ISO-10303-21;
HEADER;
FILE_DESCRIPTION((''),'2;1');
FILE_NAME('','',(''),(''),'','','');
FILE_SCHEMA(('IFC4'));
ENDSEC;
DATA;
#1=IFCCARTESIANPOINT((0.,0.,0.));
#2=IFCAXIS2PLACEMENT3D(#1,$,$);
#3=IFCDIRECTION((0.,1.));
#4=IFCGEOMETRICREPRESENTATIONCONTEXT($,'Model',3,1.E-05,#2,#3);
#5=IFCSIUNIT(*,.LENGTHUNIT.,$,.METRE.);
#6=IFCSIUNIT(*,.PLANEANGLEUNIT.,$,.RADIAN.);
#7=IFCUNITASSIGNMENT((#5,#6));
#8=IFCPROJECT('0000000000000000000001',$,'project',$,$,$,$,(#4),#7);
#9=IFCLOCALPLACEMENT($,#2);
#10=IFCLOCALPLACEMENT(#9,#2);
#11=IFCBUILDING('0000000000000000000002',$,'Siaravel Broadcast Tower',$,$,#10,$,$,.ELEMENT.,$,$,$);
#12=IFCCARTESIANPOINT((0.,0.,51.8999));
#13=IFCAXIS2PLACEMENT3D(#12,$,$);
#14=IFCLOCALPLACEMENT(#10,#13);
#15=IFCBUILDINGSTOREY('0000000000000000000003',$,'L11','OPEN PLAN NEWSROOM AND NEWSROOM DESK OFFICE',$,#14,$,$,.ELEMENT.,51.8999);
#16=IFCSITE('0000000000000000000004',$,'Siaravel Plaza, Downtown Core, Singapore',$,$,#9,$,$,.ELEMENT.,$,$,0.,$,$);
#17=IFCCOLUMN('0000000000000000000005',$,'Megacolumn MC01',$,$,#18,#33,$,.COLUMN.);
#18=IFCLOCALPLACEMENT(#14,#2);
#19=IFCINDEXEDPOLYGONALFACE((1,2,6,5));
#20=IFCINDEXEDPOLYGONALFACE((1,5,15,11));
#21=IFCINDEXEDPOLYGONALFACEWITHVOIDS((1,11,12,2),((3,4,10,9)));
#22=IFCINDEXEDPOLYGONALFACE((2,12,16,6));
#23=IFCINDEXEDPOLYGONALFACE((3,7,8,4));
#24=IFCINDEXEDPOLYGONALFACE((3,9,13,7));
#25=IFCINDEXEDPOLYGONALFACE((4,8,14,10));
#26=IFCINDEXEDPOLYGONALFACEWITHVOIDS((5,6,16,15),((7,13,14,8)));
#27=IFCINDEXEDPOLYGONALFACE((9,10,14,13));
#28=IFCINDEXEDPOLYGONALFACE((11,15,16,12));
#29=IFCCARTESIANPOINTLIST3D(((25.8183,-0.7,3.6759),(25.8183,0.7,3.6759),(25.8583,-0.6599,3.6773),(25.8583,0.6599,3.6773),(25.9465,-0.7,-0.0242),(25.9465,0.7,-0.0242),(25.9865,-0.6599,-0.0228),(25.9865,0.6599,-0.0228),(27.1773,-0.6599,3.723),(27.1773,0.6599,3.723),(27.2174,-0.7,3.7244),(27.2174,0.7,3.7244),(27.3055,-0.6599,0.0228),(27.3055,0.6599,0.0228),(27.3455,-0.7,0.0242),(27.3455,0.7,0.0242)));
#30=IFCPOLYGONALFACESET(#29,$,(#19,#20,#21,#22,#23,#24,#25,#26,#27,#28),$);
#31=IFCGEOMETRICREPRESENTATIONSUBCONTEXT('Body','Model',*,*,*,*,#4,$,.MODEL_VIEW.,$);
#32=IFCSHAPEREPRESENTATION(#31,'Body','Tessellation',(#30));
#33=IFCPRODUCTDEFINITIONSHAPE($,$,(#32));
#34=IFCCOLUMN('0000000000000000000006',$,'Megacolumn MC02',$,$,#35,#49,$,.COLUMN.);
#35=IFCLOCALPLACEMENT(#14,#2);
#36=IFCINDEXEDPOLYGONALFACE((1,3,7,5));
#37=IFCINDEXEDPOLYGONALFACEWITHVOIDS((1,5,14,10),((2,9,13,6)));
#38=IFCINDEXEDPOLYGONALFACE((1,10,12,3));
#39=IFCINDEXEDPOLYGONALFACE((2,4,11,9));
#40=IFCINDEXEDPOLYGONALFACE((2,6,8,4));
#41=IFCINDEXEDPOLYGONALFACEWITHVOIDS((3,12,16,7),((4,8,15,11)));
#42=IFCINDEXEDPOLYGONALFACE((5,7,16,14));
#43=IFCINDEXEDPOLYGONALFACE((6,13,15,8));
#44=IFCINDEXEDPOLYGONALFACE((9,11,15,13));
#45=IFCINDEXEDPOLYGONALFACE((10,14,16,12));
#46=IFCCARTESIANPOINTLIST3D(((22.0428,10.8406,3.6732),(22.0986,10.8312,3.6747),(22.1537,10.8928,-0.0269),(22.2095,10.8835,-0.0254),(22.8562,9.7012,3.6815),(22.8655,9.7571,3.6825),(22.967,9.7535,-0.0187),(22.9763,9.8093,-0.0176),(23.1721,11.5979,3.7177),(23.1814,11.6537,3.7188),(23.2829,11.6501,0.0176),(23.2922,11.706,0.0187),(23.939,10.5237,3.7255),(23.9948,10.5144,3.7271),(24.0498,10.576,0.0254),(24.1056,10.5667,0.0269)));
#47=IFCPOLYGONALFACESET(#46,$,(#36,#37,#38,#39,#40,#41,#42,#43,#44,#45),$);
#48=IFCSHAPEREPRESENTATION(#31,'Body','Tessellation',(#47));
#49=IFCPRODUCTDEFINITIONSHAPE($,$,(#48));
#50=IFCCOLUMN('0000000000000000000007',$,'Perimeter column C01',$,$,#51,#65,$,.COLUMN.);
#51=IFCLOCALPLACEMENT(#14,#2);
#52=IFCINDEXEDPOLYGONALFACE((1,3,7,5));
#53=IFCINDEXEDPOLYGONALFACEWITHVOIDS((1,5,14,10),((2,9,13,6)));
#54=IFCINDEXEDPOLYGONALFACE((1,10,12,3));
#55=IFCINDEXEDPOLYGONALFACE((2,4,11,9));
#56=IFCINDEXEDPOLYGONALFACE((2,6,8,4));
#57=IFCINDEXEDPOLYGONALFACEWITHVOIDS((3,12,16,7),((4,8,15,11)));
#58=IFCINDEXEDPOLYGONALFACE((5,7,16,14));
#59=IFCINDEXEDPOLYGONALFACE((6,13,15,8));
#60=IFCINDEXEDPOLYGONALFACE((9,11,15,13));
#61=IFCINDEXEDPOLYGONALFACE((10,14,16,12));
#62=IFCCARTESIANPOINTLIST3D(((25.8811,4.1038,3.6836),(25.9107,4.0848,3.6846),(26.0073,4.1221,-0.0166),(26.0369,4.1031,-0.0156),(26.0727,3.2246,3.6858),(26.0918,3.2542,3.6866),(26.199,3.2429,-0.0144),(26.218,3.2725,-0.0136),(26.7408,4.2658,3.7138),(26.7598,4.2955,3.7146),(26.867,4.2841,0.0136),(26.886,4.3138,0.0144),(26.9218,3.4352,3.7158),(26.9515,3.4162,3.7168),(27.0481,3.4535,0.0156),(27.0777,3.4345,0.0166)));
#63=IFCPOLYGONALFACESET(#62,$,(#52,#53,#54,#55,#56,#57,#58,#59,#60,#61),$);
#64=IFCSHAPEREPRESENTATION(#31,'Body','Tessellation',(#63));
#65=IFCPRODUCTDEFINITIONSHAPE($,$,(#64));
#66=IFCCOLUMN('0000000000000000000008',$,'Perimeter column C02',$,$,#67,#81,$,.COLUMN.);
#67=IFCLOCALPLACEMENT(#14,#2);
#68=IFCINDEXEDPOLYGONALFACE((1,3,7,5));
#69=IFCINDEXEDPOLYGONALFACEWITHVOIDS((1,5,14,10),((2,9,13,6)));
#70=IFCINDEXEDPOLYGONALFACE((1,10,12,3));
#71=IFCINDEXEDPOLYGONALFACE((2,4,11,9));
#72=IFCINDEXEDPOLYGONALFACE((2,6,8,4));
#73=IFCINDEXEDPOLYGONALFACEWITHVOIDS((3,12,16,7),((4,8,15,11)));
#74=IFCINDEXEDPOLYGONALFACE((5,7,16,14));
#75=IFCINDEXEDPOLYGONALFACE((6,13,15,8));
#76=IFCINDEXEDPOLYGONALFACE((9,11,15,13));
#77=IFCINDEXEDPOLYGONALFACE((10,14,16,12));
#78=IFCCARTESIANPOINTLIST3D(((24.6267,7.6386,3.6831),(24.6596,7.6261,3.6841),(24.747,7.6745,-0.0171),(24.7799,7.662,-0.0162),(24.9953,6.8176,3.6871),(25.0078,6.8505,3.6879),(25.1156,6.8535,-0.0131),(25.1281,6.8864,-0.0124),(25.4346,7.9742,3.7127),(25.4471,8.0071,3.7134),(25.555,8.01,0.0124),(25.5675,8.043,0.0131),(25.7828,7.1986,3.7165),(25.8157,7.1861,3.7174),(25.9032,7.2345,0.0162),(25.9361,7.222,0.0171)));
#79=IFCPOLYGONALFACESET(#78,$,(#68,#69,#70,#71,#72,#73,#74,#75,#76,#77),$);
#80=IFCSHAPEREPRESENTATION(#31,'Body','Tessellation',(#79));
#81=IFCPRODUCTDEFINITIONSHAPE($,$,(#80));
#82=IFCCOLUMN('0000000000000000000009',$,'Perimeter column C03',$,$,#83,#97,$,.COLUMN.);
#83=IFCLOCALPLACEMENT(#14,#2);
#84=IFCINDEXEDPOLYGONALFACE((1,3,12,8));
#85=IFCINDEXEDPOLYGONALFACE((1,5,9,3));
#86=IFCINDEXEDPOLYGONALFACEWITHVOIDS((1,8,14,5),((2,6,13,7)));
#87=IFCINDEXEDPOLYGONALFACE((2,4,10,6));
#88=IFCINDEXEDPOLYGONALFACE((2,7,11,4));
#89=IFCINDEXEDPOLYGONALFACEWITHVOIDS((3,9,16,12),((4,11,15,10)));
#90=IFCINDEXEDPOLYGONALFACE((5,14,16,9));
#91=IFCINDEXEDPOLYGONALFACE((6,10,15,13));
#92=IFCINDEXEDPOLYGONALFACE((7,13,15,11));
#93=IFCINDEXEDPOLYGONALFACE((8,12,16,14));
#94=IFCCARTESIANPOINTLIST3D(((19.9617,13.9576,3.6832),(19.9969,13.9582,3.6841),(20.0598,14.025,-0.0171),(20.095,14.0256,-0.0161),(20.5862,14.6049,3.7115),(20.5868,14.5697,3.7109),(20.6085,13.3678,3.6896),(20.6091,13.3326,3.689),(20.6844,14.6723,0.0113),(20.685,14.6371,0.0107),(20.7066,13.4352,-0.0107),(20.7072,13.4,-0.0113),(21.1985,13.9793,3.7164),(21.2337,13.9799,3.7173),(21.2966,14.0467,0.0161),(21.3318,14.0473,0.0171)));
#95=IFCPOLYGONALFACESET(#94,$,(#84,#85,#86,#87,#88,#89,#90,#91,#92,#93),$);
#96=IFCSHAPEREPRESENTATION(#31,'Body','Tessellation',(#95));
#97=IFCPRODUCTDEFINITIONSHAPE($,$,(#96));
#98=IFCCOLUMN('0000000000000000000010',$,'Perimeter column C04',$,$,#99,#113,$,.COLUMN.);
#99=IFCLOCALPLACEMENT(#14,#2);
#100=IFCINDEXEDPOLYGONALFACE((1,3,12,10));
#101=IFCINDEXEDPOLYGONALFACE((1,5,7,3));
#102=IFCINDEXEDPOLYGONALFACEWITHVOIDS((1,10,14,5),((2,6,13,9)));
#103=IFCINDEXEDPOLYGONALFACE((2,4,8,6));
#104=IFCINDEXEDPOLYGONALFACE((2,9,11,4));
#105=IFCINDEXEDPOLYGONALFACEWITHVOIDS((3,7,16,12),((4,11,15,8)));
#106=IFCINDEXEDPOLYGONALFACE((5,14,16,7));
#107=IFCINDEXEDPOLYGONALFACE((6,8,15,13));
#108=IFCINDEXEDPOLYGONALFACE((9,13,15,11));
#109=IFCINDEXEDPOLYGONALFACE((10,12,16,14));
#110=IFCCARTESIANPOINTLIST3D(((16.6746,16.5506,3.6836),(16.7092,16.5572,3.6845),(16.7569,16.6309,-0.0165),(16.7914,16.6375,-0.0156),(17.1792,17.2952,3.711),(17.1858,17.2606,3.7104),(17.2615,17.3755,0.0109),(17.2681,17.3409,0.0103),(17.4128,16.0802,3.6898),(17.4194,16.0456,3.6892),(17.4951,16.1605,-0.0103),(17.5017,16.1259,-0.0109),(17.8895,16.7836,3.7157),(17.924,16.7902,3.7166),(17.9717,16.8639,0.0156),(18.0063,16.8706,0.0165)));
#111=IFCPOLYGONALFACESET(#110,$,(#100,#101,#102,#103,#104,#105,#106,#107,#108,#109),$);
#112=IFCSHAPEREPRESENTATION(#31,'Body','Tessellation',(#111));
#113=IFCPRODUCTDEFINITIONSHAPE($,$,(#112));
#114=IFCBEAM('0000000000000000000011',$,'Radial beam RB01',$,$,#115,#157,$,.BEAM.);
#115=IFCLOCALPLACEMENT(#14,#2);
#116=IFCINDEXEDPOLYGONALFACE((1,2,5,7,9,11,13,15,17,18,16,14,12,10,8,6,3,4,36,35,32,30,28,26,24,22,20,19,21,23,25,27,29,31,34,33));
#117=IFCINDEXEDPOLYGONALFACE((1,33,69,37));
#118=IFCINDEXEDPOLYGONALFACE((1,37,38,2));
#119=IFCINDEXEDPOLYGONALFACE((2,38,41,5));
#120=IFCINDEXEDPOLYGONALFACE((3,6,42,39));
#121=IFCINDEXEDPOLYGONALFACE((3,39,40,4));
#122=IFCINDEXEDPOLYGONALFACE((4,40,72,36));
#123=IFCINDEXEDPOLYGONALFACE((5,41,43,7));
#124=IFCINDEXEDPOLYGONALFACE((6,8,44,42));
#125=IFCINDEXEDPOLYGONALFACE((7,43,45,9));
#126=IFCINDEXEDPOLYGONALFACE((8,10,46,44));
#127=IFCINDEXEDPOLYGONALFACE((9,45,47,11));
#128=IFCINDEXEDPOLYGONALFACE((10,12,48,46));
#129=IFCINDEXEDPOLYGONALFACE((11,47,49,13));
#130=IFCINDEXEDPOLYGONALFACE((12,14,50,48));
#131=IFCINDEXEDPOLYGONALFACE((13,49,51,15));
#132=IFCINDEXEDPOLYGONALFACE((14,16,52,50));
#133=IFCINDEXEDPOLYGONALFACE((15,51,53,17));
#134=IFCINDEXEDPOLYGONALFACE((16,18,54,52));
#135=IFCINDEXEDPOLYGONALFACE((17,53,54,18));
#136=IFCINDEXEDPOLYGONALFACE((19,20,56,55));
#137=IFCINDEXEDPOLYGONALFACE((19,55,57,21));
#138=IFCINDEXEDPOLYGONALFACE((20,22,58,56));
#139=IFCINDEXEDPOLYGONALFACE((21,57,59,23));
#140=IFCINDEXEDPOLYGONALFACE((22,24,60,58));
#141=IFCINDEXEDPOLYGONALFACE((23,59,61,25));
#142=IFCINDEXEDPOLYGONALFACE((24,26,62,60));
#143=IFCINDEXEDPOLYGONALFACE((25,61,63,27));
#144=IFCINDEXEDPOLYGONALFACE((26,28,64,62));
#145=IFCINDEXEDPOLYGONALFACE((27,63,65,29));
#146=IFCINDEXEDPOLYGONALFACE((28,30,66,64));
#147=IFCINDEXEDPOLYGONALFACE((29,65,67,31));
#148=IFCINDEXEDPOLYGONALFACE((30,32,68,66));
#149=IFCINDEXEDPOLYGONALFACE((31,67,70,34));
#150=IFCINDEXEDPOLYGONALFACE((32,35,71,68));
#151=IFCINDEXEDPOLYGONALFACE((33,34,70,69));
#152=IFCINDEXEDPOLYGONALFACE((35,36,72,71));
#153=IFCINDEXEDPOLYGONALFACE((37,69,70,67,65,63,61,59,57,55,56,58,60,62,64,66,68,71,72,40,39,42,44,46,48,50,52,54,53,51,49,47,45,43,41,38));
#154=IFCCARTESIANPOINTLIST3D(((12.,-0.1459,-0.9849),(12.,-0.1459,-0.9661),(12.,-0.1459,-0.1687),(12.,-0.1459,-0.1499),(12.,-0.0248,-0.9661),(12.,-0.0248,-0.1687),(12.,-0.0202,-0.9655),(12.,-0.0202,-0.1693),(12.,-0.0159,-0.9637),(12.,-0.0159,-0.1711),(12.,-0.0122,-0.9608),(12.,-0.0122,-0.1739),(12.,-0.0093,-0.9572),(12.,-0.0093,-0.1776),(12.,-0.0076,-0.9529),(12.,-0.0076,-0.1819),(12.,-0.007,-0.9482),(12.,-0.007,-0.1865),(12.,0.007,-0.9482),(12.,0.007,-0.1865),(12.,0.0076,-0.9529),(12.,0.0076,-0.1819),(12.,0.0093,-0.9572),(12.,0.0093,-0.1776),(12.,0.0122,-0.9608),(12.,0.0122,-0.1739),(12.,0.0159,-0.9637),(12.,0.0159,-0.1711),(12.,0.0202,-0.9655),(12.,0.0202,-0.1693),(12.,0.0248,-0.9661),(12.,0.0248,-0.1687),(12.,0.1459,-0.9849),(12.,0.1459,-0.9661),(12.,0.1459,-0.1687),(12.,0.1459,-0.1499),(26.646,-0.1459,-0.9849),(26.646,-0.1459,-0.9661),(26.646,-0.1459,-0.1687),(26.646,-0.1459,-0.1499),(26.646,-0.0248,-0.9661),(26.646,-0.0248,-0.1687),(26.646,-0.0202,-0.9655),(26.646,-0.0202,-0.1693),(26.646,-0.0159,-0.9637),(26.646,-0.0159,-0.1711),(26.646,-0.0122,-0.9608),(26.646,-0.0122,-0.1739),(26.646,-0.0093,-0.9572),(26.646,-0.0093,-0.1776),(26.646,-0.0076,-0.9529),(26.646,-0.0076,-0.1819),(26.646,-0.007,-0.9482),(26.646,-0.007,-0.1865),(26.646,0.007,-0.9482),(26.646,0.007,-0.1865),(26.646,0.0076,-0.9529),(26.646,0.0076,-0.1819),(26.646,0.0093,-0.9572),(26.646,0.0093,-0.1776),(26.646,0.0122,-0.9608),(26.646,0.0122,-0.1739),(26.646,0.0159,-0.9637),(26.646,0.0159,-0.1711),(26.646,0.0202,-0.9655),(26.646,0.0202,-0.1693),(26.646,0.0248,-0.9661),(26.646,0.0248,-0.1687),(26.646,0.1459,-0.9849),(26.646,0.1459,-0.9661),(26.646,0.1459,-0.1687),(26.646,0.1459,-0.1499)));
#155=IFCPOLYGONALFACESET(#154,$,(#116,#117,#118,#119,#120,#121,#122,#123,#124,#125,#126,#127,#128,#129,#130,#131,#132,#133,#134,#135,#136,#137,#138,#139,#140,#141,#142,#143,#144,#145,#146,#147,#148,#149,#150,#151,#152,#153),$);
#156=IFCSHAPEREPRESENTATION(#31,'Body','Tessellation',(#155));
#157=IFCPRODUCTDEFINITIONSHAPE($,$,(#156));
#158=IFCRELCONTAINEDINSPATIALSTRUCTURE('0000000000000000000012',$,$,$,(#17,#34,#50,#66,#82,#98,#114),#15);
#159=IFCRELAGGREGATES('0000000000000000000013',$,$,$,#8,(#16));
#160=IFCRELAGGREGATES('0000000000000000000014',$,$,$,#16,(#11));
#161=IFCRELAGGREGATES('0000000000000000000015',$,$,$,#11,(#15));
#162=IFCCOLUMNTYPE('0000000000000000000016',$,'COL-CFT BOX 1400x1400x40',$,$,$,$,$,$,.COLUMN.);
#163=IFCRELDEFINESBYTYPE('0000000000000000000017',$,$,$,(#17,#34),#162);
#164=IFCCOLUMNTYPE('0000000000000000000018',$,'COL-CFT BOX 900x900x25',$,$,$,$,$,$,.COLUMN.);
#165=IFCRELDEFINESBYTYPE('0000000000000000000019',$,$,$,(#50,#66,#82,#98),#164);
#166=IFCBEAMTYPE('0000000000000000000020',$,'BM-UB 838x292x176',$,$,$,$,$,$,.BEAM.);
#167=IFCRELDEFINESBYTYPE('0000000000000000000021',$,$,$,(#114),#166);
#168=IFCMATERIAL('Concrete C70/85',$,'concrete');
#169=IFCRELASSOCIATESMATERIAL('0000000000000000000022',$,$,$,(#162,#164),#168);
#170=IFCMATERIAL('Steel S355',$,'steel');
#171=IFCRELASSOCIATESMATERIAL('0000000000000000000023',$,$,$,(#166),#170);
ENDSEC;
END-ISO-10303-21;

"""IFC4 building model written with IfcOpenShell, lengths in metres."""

from ifc_helpers import new_model, si_unit, direction, frame, origin, origin_2d, place, context, subcontext, project, spatial, hollow_rectangle, i_section, extrude, material, material_profile, profile_set, type_object, element, save


model = new_model("IFC4")

# Units and contexts
model_context = context("Model", 3, precision=1e-05, world=origin(), true_north=direction((0.0, 1.0)))
body_context = subcontext(model_context, "Body", "Model", "MODEL_VIEW")
ifc_project = project(units=[si_unit("LENGTHUNIT", "METRE"), si_unit("PLANEANGLEUNIT", "RADIAN")], contexts=[model_context])

# Site, building, storey
site_placement = place(None, origin())
site = spatial("IfcSite", under=ifc_project, at=site_placement, Name="Siaravel Plaza, Downtown Core, Singapore", CompositionType="ELEMENT", RefElevation=0.0)
building_placement = place(site_placement, origin())
building = spatial("IfcBuilding", under=site, at=building_placement, Name="Siaravel Broadcast Tower", CompositionType="ELEMENT")
storey_placement = place(building_placement, frame((0.0, 0.0, 51.8999)))
storey = spatial("IfcBuildingStorey", under=building, at=storey_placement, Name="L11", Description="OPEN PLAN NEWSROOM AND NEWSROOM DESK OFFICE", CompositionType="ELEMENT", Elevation=51.8999)

# Columns
ifc_material_1 = material(Name="Concrete C70/85", Category="concrete")
ifc_material_profile_1 = material_profile(ifc_material_1, hollow_rectangle(XDim=1.3999, YDim=1.3999, WallThickness=0.04, at=origin_2d()))
ifc_profile_set_1 = profile_set([ifc_material_profile_1], Name="Concrete C70/85")
column_type_1 = type_object("IfcColumnType", Name="COL-CFT BOX 1400x1400x40", PredefinedType="COLUMN", material=ifc_profile_set_1)
column_1_placement = place(storey_placement, frame((26.646, 0.0, 0.0), z_axis=(-0.034619, 0.0, 0.999401), x_axis=(0.0, -1.0, 0.0)))
element("IfcColumn", 1, at=column_1_placement, inside=storey, type_object=column_type_1, Name="Megacolumn MC01", PredefinedType="COLUMN", context=body_context, shape_type="SweptSolid", body=[
    extrude(hollow_rectangle(XDim=1.3999, YDim=1.3999, WallThickness=0.04, at=origin_2d()), origin(), (0.0, 0.0, 1.0), 3.7024),
])
column_2_placement = place(storey_placement, frame((23.1296, 10.7297, 0.0), z_axis=(-0.029939, -0.014112, 0.999452), x_axis=(0.58102, -0.813867, 0.005913)))
element("IfcColumn", 2, at=column_2_placement, inside=storey, type_object=column_type_1, Name="Megacolumn MC02", PredefinedType="COLUMN", context=body_context, shape_type="SweptSolid", body=[
    extrude(hollow_rectangle(XDim=1.3999, YDim=1.3999, WallThickness=0.04, at=origin_2d()), origin(), (0.0, 0.0, 1.0), 3.7021),
])
ifc_material_profile_2 = material_profile(ifc_material_1, hollow_rectangle(XDim=0.8999, YDim=0.8999, WallThickness=0.0249, at=origin_2d()))
ifc_profile_set_2 = profile_set([ifc_material_profile_2], Name="Concrete C70/85")
column_type_2 = type_object("IfcColumnType", Name="COL-CFT BOX 900x900x25", PredefinedType="COLUMN", material=ifc_profile_set_2)
for number, where, z_axis, x_axis, name in (
    (3, (26.5425, 3.7783, 0.0), (-0.034092, -0.004946, 0.999406), (0.213009, -0.977047, 0.002431), "Perimeter column C01"),
    (4, (25.3416, 7.4482, 0.0), (-0.03251, -0.009694, 0.999424), (0.409567, -0.912269, 0.004474), "Perimeter column C02"),
):
    element("IfcColumn", number, at=place(storey_placement, frame(where, z_axis=z_axis, x_axis=x_axis)), inside=storey, type_object=column_type_2, Name=name, PredefinedType="COLUMN", context=body_context, shape_type="SweptSolid", body=[
        extrude(hollow_rectangle(XDim=0.8999, YDim=0.8999, WallThickness=0.0249, at=origin_2d()), origin(), (0.0, 0.0, 1.0), 3.7024),
    ])
column_3_placement = place(storey_placement, frame((20.6958, 14.0361, 0.0), z_axis=(-0.02651, -0.018201, 0.999483), x_axis=(0.719463, -0.694501, 0.006436)))
element("IfcColumn", 5, at=column_3_placement, inside=storey, type_object=column_type_2, Name="Perimeter column C03", PredefinedType="COLUMN", context=body_context, shape_type="SweptSolid", body=[
    extrude(hollow_rectangle(XDim=0.8999, YDim=0.8999, WallThickness=0.0249, at=origin_2d()), origin(), (0.0, 0.0, 1.0), 3.7021),
])
column_4_placement = place(storey_placement, frame((17.3816, 16.7507, 0.0), z_axis=(-0.022225, -0.021697, 0.999518), x_axis=(0.827695, -0.561143, 0.006223)))
element("IfcColumn", 6, at=column_4_placement, inside=storey, type_object=column_type_2, Name="Perimeter column C04", PredefinedType="COLUMN", context=body_context, shape_type="SweptSolid", body=[
    extrude(hollow_rectangle(XDim=0.8999, YDim=0.8999, WallThickness=0.0249, at=origin_2d()), origin(), (0.0, 0.0, 1.0), 3.7019),
])

# Beam
ifc_material_2 = material(Name="Steel S355", Category="steel")
ifc_material_profile_3 = material_profile(ifc_material_2, i_section(OverallWidth=0.2917, OverallDepth=0.835, WebThickness=0.0139, FlangeThickness=0.0188, FilletRadius=0.0178, at=origin_2d()))
ifc_profile_set_3 = profile_set([ifc_material_profile_3], Name="Steel S355")
beam_type = type_object("IfcBeamType", Name="BM-UB 838x292x176", PredefinedType="BEAM", material=ifc_profile_set_3)
beam_1_placement = place(storey_placement, frame((26.646, 0.0, -0.5674), z_axis=(-1.0, 0.0, 0.0), x_axis=(0.0, -1.0, 0.0)))
element("IfcBeam", 7, at=beam_1_placement, inside=storey, type_object=beam_type, Name="Radial beam RB01", PredefinedType="BEAM", context=body_context, shape_type="SweptSolid", body=[
    extrude(i_section(OverallWidth=0.2917, OverallDepth=0.835, WebThickness=0.0139, FlangeThickness=0.0188, FilletRadius=0.0178, at=origin_2d()), origin(), (0.0, 0.0, 1.0), 14.646),
])

save(model, "model.ifc")
